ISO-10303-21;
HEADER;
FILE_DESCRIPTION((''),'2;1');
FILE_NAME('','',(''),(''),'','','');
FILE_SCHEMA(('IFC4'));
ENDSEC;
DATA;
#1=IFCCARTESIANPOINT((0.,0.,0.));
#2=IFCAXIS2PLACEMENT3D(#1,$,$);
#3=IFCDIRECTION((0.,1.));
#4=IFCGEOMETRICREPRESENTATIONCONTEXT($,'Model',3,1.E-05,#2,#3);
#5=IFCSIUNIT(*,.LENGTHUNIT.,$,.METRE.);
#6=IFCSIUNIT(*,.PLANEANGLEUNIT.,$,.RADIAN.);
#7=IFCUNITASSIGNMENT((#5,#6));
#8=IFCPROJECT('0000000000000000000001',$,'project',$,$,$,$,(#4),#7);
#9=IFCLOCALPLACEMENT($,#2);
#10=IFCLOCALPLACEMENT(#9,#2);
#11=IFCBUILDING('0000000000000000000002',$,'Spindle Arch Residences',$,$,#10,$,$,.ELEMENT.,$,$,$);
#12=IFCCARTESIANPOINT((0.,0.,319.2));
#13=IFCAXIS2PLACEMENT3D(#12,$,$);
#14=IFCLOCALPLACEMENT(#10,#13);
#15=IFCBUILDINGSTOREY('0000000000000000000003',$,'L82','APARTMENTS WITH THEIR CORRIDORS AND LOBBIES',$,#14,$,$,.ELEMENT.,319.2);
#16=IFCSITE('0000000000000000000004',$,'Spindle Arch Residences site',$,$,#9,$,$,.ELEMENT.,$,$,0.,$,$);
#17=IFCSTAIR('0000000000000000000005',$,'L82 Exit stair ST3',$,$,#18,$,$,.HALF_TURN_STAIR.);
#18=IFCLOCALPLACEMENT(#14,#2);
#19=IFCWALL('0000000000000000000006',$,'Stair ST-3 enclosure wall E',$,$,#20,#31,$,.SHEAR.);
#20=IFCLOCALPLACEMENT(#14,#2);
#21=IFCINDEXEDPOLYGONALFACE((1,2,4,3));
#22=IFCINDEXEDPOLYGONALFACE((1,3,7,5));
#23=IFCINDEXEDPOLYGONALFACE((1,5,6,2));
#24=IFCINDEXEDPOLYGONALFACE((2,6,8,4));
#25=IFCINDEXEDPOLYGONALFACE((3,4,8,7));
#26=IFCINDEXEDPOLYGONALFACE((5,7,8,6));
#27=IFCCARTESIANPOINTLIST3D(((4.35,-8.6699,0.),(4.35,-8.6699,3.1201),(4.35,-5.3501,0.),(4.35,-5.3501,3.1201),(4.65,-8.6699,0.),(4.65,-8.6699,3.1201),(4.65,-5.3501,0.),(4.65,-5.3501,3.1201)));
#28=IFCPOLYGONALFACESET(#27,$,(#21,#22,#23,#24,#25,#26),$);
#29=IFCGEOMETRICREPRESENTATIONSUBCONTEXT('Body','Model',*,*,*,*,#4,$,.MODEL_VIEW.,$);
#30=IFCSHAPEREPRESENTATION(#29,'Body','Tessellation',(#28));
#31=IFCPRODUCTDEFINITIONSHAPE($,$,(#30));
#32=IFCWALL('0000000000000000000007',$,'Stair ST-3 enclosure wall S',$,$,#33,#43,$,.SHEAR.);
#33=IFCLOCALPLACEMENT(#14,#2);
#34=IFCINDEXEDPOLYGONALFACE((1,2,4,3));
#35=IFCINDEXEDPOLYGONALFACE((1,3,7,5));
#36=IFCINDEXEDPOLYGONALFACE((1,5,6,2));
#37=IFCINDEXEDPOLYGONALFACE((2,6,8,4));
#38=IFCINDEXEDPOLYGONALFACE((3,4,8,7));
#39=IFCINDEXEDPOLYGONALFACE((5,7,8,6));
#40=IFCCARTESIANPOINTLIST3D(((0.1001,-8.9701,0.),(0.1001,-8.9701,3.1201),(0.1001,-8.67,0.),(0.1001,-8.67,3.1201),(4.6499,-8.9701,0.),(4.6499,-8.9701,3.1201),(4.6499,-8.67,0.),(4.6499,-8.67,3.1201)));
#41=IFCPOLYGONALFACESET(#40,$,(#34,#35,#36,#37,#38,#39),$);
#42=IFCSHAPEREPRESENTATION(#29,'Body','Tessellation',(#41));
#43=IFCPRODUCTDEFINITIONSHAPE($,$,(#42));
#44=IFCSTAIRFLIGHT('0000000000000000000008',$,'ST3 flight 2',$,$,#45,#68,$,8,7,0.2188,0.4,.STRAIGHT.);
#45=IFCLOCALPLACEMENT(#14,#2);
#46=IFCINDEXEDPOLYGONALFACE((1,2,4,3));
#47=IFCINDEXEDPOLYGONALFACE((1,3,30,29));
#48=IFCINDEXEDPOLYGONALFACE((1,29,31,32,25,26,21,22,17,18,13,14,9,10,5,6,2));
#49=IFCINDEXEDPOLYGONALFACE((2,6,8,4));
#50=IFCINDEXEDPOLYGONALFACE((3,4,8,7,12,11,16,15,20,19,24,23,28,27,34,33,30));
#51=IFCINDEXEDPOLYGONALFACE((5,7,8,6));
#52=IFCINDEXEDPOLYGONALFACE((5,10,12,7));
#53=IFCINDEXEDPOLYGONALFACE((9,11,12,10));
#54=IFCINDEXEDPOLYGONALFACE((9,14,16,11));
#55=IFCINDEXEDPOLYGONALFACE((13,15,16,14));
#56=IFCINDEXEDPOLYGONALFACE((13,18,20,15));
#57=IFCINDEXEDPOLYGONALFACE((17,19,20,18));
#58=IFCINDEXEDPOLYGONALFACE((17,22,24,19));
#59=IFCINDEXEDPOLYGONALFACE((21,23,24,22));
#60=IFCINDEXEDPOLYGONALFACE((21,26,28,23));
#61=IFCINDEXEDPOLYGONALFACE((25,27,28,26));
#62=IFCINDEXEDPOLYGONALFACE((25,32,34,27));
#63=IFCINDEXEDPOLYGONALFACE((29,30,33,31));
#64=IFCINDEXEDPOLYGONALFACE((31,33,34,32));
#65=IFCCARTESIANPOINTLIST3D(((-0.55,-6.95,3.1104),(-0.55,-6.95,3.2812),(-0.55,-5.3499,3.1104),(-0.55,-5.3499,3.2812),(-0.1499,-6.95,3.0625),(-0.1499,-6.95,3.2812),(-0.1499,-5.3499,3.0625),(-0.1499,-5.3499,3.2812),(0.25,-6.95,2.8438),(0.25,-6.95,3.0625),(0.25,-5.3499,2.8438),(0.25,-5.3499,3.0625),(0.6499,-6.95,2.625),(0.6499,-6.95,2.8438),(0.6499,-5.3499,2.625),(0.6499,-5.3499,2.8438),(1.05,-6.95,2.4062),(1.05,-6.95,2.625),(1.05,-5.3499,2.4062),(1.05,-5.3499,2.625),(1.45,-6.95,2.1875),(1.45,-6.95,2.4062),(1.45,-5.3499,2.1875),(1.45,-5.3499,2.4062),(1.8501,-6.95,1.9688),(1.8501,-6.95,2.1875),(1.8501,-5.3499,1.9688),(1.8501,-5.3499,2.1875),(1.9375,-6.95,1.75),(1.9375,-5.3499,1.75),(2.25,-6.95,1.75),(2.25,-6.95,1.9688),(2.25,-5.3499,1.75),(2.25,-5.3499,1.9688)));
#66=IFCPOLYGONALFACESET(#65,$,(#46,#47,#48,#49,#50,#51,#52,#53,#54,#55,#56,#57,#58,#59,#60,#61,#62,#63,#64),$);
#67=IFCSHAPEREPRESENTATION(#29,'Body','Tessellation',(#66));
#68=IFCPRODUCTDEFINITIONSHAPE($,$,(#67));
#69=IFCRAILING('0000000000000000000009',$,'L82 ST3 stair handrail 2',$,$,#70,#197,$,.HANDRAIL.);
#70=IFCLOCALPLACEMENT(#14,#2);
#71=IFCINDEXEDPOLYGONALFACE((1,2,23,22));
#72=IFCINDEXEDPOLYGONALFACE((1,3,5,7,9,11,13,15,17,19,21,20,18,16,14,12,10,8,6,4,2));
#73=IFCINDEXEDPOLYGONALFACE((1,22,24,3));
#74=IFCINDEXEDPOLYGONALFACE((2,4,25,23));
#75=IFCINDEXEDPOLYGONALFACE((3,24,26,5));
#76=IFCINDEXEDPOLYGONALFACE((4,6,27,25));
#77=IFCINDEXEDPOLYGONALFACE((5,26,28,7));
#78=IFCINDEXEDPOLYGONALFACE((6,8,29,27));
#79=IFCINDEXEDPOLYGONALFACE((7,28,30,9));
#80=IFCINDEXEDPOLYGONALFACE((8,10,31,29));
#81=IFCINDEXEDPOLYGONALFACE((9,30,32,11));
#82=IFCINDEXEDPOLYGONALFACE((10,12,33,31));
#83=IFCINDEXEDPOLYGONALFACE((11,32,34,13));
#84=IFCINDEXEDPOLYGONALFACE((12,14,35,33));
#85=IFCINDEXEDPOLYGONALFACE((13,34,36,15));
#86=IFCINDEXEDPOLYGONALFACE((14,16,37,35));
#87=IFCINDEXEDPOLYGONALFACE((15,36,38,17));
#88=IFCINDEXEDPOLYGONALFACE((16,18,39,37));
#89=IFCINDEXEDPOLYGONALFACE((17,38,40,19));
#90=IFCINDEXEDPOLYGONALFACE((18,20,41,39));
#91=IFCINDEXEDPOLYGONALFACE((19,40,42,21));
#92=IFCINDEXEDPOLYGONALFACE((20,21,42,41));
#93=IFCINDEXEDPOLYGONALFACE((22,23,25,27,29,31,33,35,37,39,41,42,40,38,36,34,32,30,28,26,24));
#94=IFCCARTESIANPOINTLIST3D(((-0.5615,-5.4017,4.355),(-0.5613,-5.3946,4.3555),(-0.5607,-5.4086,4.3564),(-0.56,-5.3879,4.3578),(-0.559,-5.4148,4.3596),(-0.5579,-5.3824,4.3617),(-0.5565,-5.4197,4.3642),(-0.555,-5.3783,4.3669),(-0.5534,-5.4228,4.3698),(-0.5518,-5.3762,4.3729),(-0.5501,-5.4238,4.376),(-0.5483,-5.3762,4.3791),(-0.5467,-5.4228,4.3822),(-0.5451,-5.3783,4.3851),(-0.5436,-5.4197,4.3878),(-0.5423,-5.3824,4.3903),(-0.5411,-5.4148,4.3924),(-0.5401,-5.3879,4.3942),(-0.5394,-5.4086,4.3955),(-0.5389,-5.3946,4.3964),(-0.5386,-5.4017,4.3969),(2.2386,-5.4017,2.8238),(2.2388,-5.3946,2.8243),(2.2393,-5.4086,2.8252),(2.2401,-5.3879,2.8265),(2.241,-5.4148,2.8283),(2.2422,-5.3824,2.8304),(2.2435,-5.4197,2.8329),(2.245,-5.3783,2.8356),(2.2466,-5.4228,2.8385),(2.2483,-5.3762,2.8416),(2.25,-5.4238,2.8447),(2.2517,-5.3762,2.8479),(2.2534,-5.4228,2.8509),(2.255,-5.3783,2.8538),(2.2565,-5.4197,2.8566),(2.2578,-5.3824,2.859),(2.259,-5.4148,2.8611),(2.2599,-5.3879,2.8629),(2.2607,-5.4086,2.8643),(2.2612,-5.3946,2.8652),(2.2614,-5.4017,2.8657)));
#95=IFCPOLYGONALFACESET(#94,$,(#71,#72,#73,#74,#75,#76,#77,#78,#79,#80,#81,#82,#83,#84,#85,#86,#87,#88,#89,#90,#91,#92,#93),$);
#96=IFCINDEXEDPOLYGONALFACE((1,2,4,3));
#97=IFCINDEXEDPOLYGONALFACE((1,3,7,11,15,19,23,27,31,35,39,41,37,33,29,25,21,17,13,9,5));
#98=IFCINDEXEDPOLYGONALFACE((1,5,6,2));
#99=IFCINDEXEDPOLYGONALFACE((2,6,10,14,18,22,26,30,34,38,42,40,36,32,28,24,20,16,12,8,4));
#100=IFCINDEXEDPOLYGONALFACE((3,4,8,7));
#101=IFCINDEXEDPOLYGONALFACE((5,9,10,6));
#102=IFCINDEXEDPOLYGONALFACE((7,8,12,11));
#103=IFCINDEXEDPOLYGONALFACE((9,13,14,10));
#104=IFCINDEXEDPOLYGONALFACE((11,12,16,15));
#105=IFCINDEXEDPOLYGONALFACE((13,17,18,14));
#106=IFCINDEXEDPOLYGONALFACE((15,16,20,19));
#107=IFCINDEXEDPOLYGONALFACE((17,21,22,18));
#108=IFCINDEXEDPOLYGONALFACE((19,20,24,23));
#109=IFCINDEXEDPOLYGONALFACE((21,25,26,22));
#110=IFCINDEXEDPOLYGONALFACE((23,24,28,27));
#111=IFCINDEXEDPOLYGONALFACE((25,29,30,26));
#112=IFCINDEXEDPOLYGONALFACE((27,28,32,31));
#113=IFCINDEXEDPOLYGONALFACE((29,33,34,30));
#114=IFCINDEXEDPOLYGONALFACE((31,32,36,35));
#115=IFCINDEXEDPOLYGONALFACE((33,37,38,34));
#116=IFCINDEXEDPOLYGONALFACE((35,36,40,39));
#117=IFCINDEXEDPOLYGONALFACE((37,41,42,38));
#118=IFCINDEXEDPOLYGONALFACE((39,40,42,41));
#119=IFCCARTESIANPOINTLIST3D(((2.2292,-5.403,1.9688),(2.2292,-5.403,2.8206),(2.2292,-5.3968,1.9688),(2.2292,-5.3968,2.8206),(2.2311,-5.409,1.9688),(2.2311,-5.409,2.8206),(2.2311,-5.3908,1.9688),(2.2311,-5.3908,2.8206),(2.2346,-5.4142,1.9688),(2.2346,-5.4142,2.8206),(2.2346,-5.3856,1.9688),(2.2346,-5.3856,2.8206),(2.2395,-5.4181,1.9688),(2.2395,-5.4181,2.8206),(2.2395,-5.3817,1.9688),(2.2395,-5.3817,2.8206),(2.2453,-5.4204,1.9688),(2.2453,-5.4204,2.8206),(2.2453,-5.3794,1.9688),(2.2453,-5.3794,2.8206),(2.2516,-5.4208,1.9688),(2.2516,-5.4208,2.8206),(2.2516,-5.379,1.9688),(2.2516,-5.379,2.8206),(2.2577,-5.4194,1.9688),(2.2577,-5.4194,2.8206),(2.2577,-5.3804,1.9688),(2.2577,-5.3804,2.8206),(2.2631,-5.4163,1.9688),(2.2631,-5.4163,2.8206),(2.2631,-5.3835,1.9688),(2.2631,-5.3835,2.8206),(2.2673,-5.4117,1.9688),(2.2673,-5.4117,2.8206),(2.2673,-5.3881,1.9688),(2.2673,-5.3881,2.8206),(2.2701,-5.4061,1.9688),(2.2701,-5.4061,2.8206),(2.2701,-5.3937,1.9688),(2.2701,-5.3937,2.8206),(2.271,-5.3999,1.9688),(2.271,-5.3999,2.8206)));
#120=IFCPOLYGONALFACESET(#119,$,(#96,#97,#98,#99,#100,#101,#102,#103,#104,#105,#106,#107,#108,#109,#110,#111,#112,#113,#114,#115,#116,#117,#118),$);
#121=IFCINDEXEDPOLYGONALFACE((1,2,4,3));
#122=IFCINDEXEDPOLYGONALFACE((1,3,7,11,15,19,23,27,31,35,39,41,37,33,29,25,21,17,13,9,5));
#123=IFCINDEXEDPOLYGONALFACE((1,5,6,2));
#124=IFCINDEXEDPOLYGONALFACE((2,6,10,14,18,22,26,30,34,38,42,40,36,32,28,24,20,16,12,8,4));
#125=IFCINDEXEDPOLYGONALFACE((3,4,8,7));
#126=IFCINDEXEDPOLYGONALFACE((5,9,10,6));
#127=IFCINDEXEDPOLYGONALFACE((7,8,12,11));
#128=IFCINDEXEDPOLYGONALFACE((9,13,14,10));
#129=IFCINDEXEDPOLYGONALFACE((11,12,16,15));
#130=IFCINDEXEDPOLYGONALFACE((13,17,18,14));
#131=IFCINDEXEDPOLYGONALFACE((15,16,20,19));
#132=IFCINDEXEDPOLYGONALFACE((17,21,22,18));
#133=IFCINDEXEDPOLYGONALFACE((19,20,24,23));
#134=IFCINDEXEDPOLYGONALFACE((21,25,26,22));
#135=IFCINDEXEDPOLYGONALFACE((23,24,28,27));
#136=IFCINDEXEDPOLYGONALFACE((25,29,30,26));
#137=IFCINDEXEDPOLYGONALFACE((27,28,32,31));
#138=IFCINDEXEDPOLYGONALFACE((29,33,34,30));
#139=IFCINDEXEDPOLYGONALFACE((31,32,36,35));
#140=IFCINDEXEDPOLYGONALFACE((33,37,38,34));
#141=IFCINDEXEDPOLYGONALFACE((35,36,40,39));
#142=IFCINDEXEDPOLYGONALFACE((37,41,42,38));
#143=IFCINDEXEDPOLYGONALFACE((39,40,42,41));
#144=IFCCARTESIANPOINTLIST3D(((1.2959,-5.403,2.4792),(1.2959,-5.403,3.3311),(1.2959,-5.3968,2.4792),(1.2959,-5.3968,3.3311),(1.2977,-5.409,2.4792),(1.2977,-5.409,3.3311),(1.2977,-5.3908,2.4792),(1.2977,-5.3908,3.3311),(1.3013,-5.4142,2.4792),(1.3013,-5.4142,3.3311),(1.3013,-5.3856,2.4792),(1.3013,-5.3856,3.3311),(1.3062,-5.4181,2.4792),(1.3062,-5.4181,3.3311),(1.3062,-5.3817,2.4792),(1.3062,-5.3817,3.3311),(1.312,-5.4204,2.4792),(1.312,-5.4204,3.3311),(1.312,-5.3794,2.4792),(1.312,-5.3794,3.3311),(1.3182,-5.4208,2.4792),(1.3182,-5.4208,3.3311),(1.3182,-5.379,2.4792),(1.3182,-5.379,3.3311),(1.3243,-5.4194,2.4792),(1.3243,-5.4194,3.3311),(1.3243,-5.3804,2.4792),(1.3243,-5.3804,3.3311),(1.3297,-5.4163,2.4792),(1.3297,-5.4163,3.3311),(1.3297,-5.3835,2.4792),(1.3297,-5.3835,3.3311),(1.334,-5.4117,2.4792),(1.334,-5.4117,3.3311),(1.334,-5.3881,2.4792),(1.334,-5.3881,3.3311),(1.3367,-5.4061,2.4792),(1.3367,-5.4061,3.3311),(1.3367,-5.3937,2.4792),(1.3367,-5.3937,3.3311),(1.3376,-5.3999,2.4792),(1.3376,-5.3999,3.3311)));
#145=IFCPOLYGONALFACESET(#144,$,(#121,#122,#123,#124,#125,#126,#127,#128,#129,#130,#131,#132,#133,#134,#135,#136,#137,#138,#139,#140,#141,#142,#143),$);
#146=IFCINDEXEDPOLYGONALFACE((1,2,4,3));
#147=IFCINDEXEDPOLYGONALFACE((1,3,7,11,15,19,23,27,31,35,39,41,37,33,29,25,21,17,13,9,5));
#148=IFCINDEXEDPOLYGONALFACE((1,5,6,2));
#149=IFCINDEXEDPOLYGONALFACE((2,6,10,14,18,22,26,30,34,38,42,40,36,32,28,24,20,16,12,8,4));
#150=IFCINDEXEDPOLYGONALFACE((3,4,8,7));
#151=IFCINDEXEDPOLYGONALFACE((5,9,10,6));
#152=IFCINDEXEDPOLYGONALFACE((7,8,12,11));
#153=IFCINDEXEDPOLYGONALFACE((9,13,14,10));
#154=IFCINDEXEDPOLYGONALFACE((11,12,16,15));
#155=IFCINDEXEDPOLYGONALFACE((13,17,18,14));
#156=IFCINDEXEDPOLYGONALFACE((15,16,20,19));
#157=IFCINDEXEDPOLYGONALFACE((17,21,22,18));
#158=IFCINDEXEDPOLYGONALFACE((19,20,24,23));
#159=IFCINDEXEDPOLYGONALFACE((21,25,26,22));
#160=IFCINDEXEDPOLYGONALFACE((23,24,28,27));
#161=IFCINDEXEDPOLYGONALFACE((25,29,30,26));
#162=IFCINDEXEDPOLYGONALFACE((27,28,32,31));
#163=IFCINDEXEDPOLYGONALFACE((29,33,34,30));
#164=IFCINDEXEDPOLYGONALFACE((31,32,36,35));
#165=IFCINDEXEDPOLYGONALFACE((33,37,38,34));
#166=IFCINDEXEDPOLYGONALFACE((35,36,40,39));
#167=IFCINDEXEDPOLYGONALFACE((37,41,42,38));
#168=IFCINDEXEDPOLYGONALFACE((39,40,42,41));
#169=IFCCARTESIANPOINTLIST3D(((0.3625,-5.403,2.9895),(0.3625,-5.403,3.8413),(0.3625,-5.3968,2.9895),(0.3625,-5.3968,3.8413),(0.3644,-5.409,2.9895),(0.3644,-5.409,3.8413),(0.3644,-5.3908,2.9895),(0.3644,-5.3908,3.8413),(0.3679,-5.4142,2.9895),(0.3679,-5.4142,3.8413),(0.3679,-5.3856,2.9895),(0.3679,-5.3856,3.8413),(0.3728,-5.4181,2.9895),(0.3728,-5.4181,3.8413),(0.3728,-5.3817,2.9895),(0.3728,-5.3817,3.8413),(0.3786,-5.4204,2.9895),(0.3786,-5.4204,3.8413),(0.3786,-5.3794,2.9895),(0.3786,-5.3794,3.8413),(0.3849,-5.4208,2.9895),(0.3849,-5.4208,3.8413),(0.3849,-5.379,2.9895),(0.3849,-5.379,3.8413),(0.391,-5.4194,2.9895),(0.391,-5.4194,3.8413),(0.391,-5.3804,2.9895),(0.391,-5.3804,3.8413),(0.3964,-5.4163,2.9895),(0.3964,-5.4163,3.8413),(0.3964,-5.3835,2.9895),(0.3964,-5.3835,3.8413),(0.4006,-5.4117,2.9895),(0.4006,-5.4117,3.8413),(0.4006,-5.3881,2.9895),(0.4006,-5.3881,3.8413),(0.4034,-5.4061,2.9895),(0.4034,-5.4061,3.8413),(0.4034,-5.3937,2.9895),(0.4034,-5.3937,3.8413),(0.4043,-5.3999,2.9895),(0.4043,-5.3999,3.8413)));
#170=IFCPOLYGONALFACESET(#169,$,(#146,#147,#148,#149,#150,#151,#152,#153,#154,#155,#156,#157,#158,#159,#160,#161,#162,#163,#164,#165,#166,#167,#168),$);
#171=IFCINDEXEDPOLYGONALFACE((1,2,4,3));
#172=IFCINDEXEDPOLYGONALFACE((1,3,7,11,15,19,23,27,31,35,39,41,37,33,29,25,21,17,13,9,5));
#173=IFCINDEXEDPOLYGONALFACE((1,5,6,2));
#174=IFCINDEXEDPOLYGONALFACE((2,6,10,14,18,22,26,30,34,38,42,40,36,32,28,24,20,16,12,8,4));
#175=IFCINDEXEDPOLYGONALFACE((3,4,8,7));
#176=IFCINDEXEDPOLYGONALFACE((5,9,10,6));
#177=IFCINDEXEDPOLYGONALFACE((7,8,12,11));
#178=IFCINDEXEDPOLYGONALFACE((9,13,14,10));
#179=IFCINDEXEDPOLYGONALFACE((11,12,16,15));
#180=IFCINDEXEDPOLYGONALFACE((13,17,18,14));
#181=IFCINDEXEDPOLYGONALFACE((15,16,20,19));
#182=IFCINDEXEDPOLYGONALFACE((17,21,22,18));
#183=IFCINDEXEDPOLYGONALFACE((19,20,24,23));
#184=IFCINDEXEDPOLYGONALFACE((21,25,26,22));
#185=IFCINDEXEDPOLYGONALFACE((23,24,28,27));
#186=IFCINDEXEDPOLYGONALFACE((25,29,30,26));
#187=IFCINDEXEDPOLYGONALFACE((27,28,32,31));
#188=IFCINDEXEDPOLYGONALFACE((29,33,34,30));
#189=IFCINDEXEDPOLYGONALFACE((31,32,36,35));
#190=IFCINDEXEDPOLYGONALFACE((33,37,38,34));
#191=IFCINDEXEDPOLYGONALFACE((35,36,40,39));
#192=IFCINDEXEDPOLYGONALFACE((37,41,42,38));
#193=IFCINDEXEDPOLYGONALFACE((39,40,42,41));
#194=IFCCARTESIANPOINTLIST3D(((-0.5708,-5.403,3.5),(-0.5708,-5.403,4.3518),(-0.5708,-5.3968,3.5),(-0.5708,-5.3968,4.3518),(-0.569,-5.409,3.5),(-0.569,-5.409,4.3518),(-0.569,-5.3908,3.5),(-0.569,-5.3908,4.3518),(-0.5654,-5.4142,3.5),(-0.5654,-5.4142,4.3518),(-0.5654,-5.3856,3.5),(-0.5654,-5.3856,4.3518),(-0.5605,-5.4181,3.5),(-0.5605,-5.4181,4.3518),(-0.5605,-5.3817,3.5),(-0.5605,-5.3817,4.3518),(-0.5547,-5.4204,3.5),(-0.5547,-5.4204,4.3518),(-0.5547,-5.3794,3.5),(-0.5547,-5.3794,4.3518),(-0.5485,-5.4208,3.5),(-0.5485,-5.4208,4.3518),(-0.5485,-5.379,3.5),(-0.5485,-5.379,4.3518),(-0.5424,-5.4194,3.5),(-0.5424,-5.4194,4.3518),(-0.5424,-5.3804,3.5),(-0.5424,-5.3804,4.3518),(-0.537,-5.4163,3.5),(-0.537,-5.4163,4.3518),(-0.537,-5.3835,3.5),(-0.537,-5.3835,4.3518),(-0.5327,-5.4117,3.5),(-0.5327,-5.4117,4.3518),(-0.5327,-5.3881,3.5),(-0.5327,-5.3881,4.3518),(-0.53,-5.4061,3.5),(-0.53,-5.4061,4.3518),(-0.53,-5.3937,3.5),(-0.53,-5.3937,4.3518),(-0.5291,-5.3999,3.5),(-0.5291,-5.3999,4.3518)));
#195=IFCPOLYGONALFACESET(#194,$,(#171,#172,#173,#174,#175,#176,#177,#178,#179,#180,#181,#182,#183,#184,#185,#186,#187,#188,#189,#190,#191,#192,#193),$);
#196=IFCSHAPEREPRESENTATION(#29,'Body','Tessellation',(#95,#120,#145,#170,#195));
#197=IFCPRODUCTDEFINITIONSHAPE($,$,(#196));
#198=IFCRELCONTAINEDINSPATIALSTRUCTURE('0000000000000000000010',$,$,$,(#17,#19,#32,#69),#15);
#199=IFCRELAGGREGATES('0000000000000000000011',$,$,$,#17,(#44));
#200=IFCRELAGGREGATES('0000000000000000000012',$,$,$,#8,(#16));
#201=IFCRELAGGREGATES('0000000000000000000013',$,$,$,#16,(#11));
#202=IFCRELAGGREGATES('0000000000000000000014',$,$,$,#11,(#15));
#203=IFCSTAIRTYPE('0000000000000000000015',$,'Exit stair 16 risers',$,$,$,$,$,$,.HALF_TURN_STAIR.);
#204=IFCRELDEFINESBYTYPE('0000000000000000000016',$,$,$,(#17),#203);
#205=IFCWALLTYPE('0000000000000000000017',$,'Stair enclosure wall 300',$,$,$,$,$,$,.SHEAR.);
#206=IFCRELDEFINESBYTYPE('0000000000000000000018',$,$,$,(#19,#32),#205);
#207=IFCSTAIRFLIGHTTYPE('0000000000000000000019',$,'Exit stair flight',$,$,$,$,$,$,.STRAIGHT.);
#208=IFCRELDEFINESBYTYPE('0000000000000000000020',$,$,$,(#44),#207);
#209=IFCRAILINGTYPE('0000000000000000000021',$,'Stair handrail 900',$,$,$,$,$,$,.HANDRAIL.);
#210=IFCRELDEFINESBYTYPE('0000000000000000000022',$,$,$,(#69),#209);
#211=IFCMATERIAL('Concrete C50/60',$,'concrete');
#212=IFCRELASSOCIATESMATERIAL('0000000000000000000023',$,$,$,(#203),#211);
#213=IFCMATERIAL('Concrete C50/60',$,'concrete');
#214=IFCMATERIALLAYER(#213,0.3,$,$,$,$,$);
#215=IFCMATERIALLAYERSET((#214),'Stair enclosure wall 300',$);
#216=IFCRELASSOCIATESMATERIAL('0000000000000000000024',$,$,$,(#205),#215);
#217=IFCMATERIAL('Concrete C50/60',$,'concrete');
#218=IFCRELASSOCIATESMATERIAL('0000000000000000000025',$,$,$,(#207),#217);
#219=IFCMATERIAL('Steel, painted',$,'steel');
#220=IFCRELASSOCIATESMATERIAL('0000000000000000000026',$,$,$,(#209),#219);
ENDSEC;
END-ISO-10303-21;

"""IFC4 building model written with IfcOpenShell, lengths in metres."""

from ifc_helpers import new_model, si_unit, direction, frame, frame_2d, origin, origin_2d, place, context, subcontext, project, spatial, polyline, rectangle, circle, outline, extrude, material, layer, layer_set, type_object, element, aggregate, save


model = new_model("IFC4")

# Units and contexts
model_context = context("Model", 3, precision=1e-05, world=origin(), true_north=direction((0.0, 1.0)))
body_context = subcontext(model_context, "Body", "Model", "MODEL_VIEW")
ifc_project = project(units=[si_unit("LENGTHUNIT", "METRE"), si_unit("PLANEANGLEUNIT", "RADIAN")], contexts=[model_context])

# Site, building, storey
site_placement = place(None, origin())
site = spatial("IfcSite", under=ifc_project, at=site_placement, Name="Spindle Arch Residences site", CompositionType="ELEMENT", RefElevation=0.0)
building_placement = place(site_placement, origin())
building = spatial("IfcBuilding", under=site, at=building_placement, Name="Spindle Arch Residences", CompositionType="ELEMENT")
storey_placement = place(building_placement, frame((0.0, 0.0, 319.2)))
storey = spatial("IfcBuildingStorey", under=building, at=storey_placement, Name="L82", Description="APARTMENTS WITH THEIR CORRIDORS AND LOBBIES", CompositionType="ELEMENT", Elevation=319.2)

# Stair
ifc_material_1 = material(Name="Concrete C50/60", Category="concrete")
stair_type = type_object("IfcStairType", Name="Exit stair 16 risers", PredefinedType="HALF_TURN_STAIR", material=ifc_material_1)
stair_1_placement = place(storey_placement, origin())
stair_1 = element("IfcStair", 1, at=stair_1_placement, inside=storey, type_object=stair_type, Name="L82 Exit stair ST3", PredefinedType="HALF_TURN_STAIR")

# Walls
ifc_material_2 = material(Name="Concrete C50/60", Category="concrete")
ifc_layer_1 = layer(ifc_material_2, 0.3)
ifc_layer_set_1 = layer_set([ifc_layer_1], Name="Stair enclosure wall 300")
wall_type_1 = type_object("IfcWallType", Name="Stair enclosure wall 300", PredefinedType="SHEAR", material=ifc_layer_set_1)
wall_1_placement = place(storey_placement, frame((4.5, -8.6699, 0.0), z_axis=(0.0, 0.0, 1.0), x_axis=(0.0, 1.0, 0.0)))
element("IfcWall", 2, at=wall_1_placement, inside=storey, type_object=wall_type_1, Name="Stair ST-3 enclosure wall E", PredefinedType="SHEAR", context=body_context, shape_type="SweptSolid", body=[
    extrude(rectangle(XDim=3.3198, YDim=0.3, at=frame_2d((1.6599, 0.0))), origin(), (0.0, 0.0, 1.0), 3.1201),
])
wall_2_placement = place(storey_placement, frame((0.1001, -8.8201, 0.0), z_axis=(0.0, 0.0, 1.0), x_axis=(1.0, 0.0, 0.0)))
element("IfcWall", 3, at=wall_2_placement, inside=storey, type_object=wall_type_1, Name="Stair ST-3 enclosure wall S", PredefinedType="SHEAR", context=body_context, shape_type="SweptSolid", body=[
    extrude(rectangle(XDim=4.5498, YDim=0.3, at=frame_2d((2.2749, 0.0))), origin(), (0.0, 0.0, 1.0), 3.1201),
])

# Stair flight
ifc_material_3 = material(Name="Concrete C50/60", Category="concrete")
stair_flight_type = type_object("IfcStairFlightType", Name="Exit stair flight", PredefinedType="STRAIGHT", material=ifc_material_3)
stair_flight_placement = place(storey_placement, frame((2.25, -6.1499, 1.75), z_axis=(0.0, 0.0, 1.0), x_axis=(-1.0, 0.0, 0.0)))
stair_flight = element("IfcStairFlight", 4, at=stair_flight_placement, type_object=stair_flight_type, Name="ST3 flight 2", NumberOfRisers=8, NumberOfTreads=7, PredefinedType="STRAIGHT", RiserHeight=0.2188, TreadLength=0.4, context=body_context, shape_type="SweptSolid", body=[
    extrude(outline(polyline([(0.0, 0.0), (0.0, 0.2188), (0.3999, 0.2188), (0.3999, 0.4375), (0.8, 0.4375), (0.8, 0.6562), (1.2, 0.6562), (1.2, 0.875), (1.6001, 0.875), (1.6001, 1.0938), (2.0, 1.0938), (2.0, 1.3125), (2.3999, 1.3125), (2.3999, 1.5312), (2.8, 1.5312), (2.8, 1.75), (2.8, 1.3604), (0.3125, 0.0), (0.0, 0.0)])), frame((0.0, 0.8, 0.0), z_axis=(0.0, -1.0, 0.0), x_axis=(1.0, 0.0, 0.0)), (0.0, 0.0, 1.0), 1.6001),
])
aggregate(stair_1, [stair_flight])

# Railing
ifc_material_4 = material(Name="Steel, painted", Category="steel")
railing_type = type_object("IfcRailingType", Name="Stair handrail 900", PredefinedType="HANDRAIL", material=ifc_material_4)
railing_placement = place(storey_placement, frame((2.25, -5.3999, 1.9688)))
element("IfcRailing", 5, at=railing_placement, inside=storey, type_object=railing_type, Name="L82 ST3 stair handrail 2", PredefinedType="HANDRAIL", context=body_context, shape_type="SweptSolid", body=[
    extrude(circle(Radius=0.0239, at=origin_2d()), frame((0.0, 0.0, 0.876), z_axis=(-0.877375, 0.0, 0.479806), x_axis=(0.0, -1.0, 0.0)), (0.0, 0.0, 1.0), 3.1914),
    extrude(circle(Radius=0.021, at=origin_2d()), origin(), (0.0, 0.0, 1.0), 0.8518),
    extrude(circle(Radius=0.021, at=origin_2d()), frame((-0.9333, 0.0, 0.5105)), (0.0, 0.0, 1.0), 0.8518),
    extrude(circle(Radius=0.021, at=origin_2d()), frame((-1.8667, 0.0, 1.0208)), (0.0, 0.0, 1.0), 0.8518),
    extrude(circle(Radius=0.021, at=origin_2d()), frame((-2.8, 0.0, 1.5312)), (0.0, 0.0, 1.0), 0.8518),
])

save(model, "model.ifc")
